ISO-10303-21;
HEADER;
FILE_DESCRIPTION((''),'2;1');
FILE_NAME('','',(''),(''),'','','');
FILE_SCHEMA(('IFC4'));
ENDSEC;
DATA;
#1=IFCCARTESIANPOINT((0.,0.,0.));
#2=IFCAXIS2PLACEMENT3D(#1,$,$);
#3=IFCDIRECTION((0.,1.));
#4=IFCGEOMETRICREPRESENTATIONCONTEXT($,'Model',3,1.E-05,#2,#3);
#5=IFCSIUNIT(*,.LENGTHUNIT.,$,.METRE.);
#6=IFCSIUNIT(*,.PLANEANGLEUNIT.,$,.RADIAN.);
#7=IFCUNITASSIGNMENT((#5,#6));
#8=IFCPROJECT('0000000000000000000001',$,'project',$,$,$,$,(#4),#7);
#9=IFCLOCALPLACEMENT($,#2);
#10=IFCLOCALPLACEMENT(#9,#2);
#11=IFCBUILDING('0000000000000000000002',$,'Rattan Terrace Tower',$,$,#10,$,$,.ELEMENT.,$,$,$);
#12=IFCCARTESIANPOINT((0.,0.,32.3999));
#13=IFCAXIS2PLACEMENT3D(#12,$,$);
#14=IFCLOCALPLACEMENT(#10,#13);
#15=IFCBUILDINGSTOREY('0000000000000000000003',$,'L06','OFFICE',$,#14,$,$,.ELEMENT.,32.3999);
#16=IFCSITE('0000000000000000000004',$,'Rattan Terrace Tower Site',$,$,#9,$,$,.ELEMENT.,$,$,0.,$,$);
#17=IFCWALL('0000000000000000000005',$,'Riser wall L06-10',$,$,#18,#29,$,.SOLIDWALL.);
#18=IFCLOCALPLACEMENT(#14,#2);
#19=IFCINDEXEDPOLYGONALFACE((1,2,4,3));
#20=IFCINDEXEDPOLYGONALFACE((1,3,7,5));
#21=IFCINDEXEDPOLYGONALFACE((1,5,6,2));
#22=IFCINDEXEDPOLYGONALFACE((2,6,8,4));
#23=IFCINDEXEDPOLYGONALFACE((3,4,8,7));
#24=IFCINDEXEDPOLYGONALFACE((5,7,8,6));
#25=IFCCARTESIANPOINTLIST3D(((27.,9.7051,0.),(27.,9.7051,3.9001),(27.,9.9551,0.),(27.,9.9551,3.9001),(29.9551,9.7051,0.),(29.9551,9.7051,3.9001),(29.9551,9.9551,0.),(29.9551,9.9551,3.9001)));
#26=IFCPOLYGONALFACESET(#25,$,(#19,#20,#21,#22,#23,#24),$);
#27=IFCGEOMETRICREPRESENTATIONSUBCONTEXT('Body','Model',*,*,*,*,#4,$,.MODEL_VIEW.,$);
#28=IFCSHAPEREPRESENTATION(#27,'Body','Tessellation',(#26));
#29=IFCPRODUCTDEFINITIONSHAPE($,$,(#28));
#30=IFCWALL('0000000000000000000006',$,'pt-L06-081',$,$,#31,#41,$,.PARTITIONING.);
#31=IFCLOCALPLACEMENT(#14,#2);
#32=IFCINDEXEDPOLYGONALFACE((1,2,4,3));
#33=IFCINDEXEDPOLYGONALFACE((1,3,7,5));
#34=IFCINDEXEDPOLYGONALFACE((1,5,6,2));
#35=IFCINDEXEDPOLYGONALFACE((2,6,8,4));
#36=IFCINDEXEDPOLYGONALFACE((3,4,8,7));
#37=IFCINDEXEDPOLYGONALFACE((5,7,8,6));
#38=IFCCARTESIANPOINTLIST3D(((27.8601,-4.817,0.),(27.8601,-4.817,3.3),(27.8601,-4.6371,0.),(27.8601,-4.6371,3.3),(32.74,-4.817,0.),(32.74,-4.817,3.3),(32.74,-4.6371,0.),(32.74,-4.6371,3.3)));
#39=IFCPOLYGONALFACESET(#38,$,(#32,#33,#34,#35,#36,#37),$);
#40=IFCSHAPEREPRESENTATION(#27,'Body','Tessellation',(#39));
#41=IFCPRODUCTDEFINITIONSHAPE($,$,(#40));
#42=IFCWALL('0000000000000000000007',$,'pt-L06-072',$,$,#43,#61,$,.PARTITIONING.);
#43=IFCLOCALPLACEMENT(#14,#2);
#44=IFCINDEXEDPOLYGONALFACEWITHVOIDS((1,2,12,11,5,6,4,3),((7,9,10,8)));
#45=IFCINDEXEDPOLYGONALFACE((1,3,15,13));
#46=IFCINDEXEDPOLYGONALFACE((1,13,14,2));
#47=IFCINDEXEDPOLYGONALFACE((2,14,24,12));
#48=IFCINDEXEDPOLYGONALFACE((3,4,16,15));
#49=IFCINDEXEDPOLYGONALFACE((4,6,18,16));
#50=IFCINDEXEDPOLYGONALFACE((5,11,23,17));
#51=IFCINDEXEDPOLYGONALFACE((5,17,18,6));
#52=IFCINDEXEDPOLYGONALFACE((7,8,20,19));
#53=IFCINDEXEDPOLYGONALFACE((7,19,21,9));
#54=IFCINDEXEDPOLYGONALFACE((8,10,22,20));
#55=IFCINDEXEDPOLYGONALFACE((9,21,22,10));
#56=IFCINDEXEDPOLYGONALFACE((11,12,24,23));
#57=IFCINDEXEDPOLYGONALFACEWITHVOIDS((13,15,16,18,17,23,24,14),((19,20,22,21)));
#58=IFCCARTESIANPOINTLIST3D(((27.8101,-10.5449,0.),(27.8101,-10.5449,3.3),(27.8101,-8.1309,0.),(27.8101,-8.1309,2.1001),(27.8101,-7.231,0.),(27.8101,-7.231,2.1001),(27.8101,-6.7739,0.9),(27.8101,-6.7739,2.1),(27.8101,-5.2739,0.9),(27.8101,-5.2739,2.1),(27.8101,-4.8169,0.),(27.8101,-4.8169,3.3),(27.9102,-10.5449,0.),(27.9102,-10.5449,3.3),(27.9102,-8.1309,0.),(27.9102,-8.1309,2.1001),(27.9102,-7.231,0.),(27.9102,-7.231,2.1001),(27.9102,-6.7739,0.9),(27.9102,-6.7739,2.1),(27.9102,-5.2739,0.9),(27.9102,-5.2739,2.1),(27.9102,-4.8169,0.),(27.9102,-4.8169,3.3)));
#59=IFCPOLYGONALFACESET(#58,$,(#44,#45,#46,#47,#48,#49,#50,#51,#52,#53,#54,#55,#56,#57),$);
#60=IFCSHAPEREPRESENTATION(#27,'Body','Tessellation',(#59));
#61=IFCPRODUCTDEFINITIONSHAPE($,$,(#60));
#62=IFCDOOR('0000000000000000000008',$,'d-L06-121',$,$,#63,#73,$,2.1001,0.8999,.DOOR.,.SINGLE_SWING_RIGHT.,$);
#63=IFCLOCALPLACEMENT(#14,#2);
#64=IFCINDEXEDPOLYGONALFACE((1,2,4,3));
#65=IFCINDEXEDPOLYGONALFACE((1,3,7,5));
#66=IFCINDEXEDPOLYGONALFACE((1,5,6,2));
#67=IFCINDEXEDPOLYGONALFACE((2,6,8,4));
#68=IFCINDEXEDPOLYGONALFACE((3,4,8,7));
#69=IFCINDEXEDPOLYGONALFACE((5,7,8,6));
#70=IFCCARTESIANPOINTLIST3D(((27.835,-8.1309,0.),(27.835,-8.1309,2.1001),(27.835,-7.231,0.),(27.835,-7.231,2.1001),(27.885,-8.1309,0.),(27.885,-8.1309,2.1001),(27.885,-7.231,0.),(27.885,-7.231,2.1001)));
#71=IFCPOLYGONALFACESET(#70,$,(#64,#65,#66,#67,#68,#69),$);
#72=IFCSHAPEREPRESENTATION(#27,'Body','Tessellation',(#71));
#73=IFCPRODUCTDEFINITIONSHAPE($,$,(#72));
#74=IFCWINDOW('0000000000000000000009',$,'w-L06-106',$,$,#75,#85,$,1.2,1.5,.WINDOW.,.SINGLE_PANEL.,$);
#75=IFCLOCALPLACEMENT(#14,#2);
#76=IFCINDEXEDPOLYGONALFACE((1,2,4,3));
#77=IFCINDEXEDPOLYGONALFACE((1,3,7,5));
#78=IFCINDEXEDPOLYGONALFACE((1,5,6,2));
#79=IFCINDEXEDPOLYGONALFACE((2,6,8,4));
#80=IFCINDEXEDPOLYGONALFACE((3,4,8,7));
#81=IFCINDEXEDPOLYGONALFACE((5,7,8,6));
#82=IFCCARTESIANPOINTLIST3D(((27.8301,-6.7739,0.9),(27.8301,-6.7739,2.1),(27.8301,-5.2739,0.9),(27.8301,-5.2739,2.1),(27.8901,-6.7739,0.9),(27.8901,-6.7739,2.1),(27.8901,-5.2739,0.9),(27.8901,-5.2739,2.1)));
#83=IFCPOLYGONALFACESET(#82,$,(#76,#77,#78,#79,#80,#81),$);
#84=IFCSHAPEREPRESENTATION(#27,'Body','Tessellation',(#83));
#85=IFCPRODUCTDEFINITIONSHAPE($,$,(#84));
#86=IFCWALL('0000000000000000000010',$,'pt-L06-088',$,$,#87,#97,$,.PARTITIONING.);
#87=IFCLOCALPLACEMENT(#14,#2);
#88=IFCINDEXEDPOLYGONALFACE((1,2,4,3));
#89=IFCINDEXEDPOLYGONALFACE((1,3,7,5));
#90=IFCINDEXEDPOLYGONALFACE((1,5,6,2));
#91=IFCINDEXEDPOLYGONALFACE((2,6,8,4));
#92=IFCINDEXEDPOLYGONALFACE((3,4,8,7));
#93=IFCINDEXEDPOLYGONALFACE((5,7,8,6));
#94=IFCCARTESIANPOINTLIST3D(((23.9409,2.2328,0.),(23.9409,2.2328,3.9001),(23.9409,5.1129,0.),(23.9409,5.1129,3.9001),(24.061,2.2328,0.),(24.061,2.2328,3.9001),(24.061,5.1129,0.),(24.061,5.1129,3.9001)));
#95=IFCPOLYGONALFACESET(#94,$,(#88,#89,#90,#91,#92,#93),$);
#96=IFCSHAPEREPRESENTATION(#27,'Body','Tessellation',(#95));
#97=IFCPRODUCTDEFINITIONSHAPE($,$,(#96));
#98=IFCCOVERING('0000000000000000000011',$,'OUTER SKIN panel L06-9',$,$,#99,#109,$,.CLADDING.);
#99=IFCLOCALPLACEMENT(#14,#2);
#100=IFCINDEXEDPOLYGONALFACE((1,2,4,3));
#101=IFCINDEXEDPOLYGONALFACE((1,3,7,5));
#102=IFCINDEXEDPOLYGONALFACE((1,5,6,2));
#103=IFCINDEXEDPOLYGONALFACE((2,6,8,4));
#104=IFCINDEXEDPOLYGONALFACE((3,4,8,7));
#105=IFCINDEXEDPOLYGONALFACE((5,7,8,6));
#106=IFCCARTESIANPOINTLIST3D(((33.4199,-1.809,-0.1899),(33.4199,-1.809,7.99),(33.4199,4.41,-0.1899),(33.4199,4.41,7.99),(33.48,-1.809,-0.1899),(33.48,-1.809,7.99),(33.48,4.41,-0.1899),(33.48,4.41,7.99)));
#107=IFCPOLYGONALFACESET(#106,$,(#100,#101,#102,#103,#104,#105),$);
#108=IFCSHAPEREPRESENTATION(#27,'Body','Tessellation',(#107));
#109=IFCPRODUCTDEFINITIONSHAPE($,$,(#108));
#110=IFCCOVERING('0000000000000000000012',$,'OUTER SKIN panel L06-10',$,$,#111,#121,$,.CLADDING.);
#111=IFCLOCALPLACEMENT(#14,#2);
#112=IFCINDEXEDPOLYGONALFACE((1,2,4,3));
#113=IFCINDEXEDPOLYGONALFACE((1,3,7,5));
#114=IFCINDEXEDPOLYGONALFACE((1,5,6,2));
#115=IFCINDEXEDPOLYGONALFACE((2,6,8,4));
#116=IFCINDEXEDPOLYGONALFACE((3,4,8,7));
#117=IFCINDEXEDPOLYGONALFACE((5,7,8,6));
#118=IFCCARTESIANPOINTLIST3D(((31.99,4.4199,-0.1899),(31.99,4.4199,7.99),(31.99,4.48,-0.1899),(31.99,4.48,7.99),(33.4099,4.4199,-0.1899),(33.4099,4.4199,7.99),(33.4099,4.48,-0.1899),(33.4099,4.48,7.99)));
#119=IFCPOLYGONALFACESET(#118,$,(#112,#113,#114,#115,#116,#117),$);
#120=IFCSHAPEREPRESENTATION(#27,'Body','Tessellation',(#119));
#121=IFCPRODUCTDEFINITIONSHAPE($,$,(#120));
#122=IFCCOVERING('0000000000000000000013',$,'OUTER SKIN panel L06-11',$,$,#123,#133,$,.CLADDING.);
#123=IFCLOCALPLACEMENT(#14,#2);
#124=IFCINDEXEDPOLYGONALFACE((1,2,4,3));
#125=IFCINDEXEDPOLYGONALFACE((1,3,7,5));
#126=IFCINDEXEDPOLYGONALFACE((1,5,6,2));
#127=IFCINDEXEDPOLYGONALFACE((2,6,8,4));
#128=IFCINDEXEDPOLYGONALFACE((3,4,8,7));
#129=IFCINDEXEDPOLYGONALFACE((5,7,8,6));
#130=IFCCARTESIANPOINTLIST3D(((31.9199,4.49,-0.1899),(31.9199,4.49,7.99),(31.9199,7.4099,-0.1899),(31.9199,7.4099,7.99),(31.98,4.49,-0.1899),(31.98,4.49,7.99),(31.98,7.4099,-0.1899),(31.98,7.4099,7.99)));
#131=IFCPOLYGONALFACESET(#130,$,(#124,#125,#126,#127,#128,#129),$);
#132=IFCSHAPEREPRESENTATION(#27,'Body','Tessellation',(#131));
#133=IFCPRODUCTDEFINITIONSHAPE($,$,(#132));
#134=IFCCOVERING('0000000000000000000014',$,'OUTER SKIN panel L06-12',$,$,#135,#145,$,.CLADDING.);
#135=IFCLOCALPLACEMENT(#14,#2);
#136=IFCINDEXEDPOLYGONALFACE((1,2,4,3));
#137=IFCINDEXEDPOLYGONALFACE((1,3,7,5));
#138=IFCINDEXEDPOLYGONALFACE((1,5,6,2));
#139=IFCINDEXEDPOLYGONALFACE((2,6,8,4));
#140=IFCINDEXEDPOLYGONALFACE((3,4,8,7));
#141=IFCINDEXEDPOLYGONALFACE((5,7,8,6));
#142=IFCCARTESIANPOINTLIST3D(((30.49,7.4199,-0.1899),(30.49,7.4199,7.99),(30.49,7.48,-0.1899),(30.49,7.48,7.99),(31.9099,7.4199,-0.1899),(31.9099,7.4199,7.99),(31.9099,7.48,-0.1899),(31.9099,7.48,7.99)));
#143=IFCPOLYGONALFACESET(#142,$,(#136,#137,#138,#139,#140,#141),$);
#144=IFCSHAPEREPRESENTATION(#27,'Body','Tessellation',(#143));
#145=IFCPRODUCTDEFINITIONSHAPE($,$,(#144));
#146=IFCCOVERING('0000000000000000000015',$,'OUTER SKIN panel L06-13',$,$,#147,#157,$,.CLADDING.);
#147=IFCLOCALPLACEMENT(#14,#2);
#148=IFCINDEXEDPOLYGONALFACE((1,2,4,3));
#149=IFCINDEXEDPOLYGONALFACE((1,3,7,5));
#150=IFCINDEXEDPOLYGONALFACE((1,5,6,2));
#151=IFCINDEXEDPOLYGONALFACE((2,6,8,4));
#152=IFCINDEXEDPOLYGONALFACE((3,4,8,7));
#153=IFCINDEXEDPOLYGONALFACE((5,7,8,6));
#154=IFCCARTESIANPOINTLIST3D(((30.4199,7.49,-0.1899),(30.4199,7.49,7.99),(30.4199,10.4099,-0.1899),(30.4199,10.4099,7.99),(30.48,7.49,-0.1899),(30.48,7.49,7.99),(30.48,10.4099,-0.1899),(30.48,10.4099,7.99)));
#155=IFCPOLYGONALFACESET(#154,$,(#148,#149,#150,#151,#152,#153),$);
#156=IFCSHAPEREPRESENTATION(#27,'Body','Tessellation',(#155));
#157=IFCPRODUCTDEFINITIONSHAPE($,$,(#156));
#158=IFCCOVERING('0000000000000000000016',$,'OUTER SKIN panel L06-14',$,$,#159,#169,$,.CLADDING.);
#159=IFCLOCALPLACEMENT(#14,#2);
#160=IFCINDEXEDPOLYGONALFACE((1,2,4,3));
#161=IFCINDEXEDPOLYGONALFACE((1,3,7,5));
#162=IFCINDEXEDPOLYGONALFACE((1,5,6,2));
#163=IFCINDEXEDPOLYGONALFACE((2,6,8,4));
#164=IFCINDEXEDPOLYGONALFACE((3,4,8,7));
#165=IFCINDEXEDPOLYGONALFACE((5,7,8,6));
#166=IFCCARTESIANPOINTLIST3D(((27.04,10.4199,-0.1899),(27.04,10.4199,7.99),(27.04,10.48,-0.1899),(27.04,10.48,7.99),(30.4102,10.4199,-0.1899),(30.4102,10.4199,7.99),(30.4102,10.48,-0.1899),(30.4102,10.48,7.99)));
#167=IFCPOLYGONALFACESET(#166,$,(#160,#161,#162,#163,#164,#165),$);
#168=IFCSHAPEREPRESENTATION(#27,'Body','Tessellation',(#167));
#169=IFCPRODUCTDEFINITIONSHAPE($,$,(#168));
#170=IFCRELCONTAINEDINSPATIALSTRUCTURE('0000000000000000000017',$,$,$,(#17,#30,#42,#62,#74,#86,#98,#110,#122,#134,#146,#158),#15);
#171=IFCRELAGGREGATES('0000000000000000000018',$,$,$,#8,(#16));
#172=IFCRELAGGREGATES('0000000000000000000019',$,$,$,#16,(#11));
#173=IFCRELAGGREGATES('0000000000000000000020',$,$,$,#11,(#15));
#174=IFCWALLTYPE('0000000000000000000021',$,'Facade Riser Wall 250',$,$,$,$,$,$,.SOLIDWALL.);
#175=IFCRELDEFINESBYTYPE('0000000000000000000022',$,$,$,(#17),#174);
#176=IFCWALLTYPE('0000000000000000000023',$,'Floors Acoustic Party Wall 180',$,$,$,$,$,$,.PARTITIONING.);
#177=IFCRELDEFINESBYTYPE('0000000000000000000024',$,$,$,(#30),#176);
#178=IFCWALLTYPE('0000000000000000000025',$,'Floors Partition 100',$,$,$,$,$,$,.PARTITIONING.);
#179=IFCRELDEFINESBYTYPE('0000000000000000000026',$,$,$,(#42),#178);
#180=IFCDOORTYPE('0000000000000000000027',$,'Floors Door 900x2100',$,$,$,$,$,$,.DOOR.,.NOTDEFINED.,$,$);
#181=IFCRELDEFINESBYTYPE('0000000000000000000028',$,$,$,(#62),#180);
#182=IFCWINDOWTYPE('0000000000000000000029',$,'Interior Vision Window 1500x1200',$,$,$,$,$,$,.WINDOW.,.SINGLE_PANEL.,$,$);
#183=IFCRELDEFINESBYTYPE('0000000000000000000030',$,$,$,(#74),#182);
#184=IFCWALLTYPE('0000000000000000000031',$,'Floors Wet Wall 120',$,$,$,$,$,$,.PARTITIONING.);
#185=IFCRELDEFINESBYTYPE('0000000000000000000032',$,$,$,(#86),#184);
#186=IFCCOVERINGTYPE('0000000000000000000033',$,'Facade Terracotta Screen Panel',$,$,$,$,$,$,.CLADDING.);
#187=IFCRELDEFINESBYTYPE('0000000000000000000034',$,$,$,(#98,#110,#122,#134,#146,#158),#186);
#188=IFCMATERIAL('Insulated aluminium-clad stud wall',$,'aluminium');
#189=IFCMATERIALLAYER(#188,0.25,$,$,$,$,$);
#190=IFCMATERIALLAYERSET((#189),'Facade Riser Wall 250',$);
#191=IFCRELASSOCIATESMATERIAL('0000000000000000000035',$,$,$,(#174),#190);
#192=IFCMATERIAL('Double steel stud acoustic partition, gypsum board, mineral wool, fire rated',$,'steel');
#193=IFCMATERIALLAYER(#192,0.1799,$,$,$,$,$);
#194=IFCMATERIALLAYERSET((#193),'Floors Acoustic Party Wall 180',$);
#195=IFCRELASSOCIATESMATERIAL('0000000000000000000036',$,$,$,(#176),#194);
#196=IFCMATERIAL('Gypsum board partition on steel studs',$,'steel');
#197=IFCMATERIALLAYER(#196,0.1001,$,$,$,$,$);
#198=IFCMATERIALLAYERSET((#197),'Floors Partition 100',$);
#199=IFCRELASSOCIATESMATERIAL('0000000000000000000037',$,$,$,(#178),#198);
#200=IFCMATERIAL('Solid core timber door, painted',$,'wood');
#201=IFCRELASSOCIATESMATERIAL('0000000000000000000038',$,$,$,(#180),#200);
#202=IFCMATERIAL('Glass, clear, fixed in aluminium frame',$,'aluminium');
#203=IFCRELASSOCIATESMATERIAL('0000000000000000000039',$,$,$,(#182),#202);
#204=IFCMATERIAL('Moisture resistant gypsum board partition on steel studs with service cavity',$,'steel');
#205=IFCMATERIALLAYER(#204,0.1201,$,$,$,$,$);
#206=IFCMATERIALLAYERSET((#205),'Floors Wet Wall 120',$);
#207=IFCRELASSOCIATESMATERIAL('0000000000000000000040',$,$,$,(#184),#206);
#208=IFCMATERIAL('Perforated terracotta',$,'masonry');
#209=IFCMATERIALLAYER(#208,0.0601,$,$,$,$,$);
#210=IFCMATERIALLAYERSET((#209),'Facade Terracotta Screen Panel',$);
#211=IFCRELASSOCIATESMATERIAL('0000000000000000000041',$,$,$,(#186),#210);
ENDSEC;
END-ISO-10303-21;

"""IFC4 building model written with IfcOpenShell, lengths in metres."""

from ifc_helpers import new_model, si_unit, direction, frame, frame_2d, origin, origin_2d, place, context, subcontext, project, spatial, rectangle, extrude, material, layer, layer_set, type_object, element, fill, save


model = new_model("IFC4")

# Units and contexts
model_context = context("Model", 3, precision=1e-05, world=origin(), true_north=direction((0.0, 1.0)))
body_context = subcontext(model_context, "Body", "Model", "MODEL_VIEW")
ifc_project = project(units=[si_unit("LENGTHUNIT", "METRE"), si_unit("PLANEANGLEUNIT", "RADIAN")], contexts=[model_context])

# Site, building, storey
site_placement = place(None, origin())
site = spatial("IfcSite", under=ifc_project, at=site_placement, Name="Rattan Terrace Tower Site", CompositionType="ELEMENT", RefElevation=0.0)
building_placement = place(site_placement, origin())
building = spatial("IfcBuilding", under=site, at=building_placement, Name="Rattan Terrace Tower", CompositionType="ELEMENT")
storey_placement = place(building_placement, frame((0.0, 0.0, 32.3999)))
storey = spatial("IfcBuildingStorey", under=building, at=storey_placement, Name="L06", Description="OFFICE", CompositionType="ELEMENT", Elevation=32.3999)

# Walls
ifc_material_1 = material(Name="Insulated aluminium-clad stud wall", Category="aluminium")
ifc_layer_1 = layer(ifc_material_1, 0.25)
ifc_layer_set_1 = layer_set([ifc_layer_1], Name="Facade Riser Wall 250")
wall_type_1 = type_object("IfcWallType", Name="Facade Riser Wall 250", PredefinedType="SOLIDWALL", material=ifc_layer_set_1)
wall_1_placement = place(storey_placement, frame((29.9551, 9.8301, 0.0), z_axis=(0.0, 0.0, 1.0), x_axis=(-1.0, 0.0, 0.0)))
element("IfcWall", 1, at=wall_1_placement, inside=storey, type_object=wall_type_1, Name="Riser wall L06-10", PredefinedType="SOLIDWALL", context=body_context, shape_type="SweptSolid", body=[
    extrude(rectangle(XDim=2.9551, YDim=0.25, at=frame_2d((1.4775, 0.0))), origin(), (0.0, 0.0, 1.0), 3.9001),
])
ifc_material_2 = material(Name="Double steel stud acoustic partition, gypsum board, mineral wool, fire rated", Category="steel")
ifc_layer_2 = layer(ifc_material_2, 0.1799)
ifc_layer_set_2 = layer_set([ifc_layer_2], Name="Floors Acoustic Party Wall 180")
wall_type_2 = type_object("IfcWallType", Name="Floors Acoustic Party Wall 180", PredefinedType="PARTITIONING", material=ifc_layer_set_2)
wall_2_placement = place(storey_placement, frame((27.8601, -4.7271, 0.0), z_axis=(0.0, 0.0, 1.0), x_axis=(1.0, 0.0, 0.0)))
element("IfcWall", 2, at=wall_2_placement, inside=storey, type_object=wall_type_2, Name="pt-L06-081", PredefinedType="PARTITIONING", context=body_context, shape_type="SweptSolid", body=[
    extrude(rectangle(XDim=4.8799, YDim=0.1799, at=frame_2d((2.4399, 0.0))), origin(), (0.0, 0.0, 1.0), 3.3),
])

# Wall, openings, door, window
ifc_material_3 = material(Name="Gypsum board partition on steel studs", Category="steel")
ifc_layer_3 = layer(ifc_material_3, 0.1001)
ifc_layer_set_3 = layer_set([ifc_layer_3], Name="Floors Partition 100")
wall_type_3 = type_object("IfcWallType", Name="Floors Partition 100", PredefinedType="PARTITIONING", material=ifc_layer_set_3)
wall_3_placement = place(storey_placement, frame((27.8601, -4.8169, 0.0), z_axis=(0.0, 0.0, 1.0), x_axis=(0.0, -1.0, 0.0)))
wall_3 = element("IfcWall", 3, at=wall_3_placement, inside=storey, type_object=wall_type_3, Name="pt-L06-072", PredefinedType="PARTITIONING", context=body_context, shape_type="SweptSolid", body=[
    extrude(rectangle(XDim=5.728, YDim=0.1001, at=frame_2d((2.864, 0.0))), origin(), (0.0, 0.0, 1.0), 3.3),
])
opening_1_placement = place(wall_3_placement, frame((2.4141, 0.0, 0.0)))
opening_1 = element("IfcOpeningElement", 4, at=opening_1_placement, cuts=wall_3, PredefinedType="OPENING", context=body_context, shape_type="SweptSolid", body=[
    extrude(rectangle(XDim=0.8999, YDim=2.1001, at=frame_2d((0.45, 1.05))), frame((0.0, 0.0605, 0.0), z_axis=(0.0, -1.0, 0.0), x_axis=(1.0, 0.0, 0.0)), (0.0, 0.0, 1.0), 0.1211),
])
opening_2_placement = place(wall_3_placement, frame((0.457, 0.0, 0.8999)))
opening_2 = element("IfcOpeningElement", 5, at=opening_2_placement, cuts=wall_3, PredefinedType="OPENING", context=body_context, shape_type="SweptSolid", body=[
    extrude(rectangle(XDim=1.5, YDim=1.2, at=frame_2d((0.75, 0.6001))), frame((0.0, 0.0605, 0.0), z_axis=(0.0, -1.0, 0.0), x_axis=(1.0, 0.0, 0.0)), (0.0, 0.0, 1.0), 0.1211),
])
ifc_material_4 = material(Name="Solid core timber door, painted", Category="wood")
door_type = type_object("IfcDoorType", Name="Floors Door 900x2100", OperationType="NOTDEFINED", PredefinedType="DOOR", material=ifc_material_4)
door_placement = place(opening_1_placement, origin())
door = element("IfcDoor", 6, at=door_placement, inside=storey, type_object=door_type, Name="d-L06-121", OperationType="SINGLE_SWING_RIGHT", OverallHeight=2.1001, OverallWidth=0.8999, PredefinedType="DOOR", context=body_context, shape_type="SweptSolid", body=[
    extrude(rectangle(XDim=0.8999, YDim=2.1001, at=frame_2d((0.45, 1.05))), frame((0.0, 0.0249, 0.0), z_axis=(0.0, -1.0, 0.0), x_axis=(1.0, 0.0, 0.0)), (0.0, 0.0, 1.0), 0.05),
])
fill(opening_1, door)
ifc_material_5 = material(Name="Glass, clear, fixed in aluminium frame", Category="aluminium")
window_type = type_object("IfcWindowType", Name="Interior Vision Window 1500x1200", PartitioningType="SINGLE_PANEL", PredefinedType="WINDOW", material=ifc_material_5)
window_placement = place(opening_2_placement, origin())
window = element("IfcWindow", 7, at=window_placement, inside=storey, type_object=window_type, Name="w-L06-106", OverallHeight=1.2, OverallWidth=1.5, PartitioningType="SINGLE_PANEL", PredefinedType="WINDOW", context=body_context, shape_type="SweptSolid", body=[
    extrude(rectangle(XDim=1.5, YDim=1.2, at=frame_2d((0.75, 0.6001))), frame((0.0, 0.03, 0.0), z_axis=(0.0, -1.0, 0.0), x_axis=(1.0, 0.0, 0.0)), (0.0, 0.0, 1.0), 0.0601),
])
fill(opening_2, window)

# Wall
ifc_material_6 = material(Name="Moisture resistant gypsum board partition on steel studs with service cavity", Category="steel")
ifc_layer_4 = layer(ifc_material_6, 0.1201)
ifc_layer_set_4 = layer_set([ifc_layer_4], Name="Floors Wet Wall 120")
wall_type_4 = type_object("IfcWallType", Name="Floors Wet Wall 120", PredefinedType="PARTITIONING", material=ifc_layer_set_4)
wall_4_placement = place(storey_placement, frame((24.001, 2.2329, 0.0), z_axis=(0.0, 0.0, 1.0), x_axis=(0.0, 1.0, 0.0)))
element("IfcWall", 8, at=wall_4_placement, inside=storey, type_object=wall_type_4, Name="pt-L06-088", PredefinedType="PARTITIONING", context=body_context, shape_type="SweptSolid", body=[
    extrude(rectangle(XDim=2.8801, YDim=0.1201, at=frame_2d((1.4399, 0.0))), origin(), (0.0, 0.0, 1.0), 3.9001),
])

# Coverings
ifc_material_7 = material(Name="Perforated terracotta", Category="masonry")
ifc_layer_5 = layer(ifc_material_7, 0.0601)
ifc_layer_set_5 = layer_set([ifc_layer_5], Name="Facade Terracotta Screen Panel")
covering_type = type_object("IfcCoveringType", Name="Facade Terracotta Screen Panel", PredefinedType="CLADDING", material=ifc_layer_set_5)
covering_1_placement = place(storey_placement, frame((33.45, 1.3005, -0.1899), z_axis=(0.0, 0.0, 1.0), x_axis=(0.0, 1.0, 0.0)))
element("IfcCovering", 9, at=covering_1_placement, inside=storey, type_object=covering_type, Name="OUTER SKIN panel L06-9", PredefinedType="CLADDING", context=body_context, shape_type="SweptSolid", body=[
    extrude(rectangle(XDim=6.219, YDim=0.0601, at=origin_2d()), origin(), (0.0, 0.0, 1.0), 8.1799),
])
covering_2_placement = place(storey_placement, frame((32.7, 4.45, -0.1899), z_axis=(0.0, 0.0, 1.0), x_axis=(-1.0, 0.0, 0.0)))
element("IfcCovering", 10, at=covering_2_placement, inside=storey, type_object=covering_type, Name="OUTER SKIN panel L06-10", PredefinedType="CLADDING", context=body_context, shape_type="SweptSolid", body=[
    extrude(rectangle(XDim=1.4199, YDim=0.0601, at=origin_2d()), origin(), (0.0, 0.0, 1.0), 8.1799),
])
covering_3_placement = place(storey_placement, frame((31.95, 5.95, -0.1899), z_axis=(0.0, 0.0, 1.0), x_axis=(0.0, 1.0, 0.0)))
element("IfcCovering", 11, at=covering_3_placement, inside=storey, type_object=covering_type, Name="OUTER SKIN panel L06-11", PredefinedType="CLADDING", context=body_context, shape_type="SweptSolid", body=[
    extrude(rectangle(XDim=2.9199, YDim=0.0601, at=origin_2d()), origin(), (0.0, 0.0, 1.0), 8.1799),
])
covering_4_placement = place(storey_placement, frame((31.2, 7.45, -0.1899), z_axis=(0.0, 0.0, 1.0), x_axis=(-1.0, 0.0, 0.0)))
element("IfcCovering", 12, at=covering_4_placement, inside=storey, type_object=covering_type, Name="OUTER SKIN panel L06-12", PredefinedType="CLADDING", context=body_context, shape_type="SweptSolid", body=[
    extrude(rectangle(XDim=1.4199, YDim=0.0601, at=origin_2d()), origin(), (0.0, 0.0, 1.0), 8.1799),
])
covering_5_placement = place(storey_placement, frame((30.45, 8.95, -0.1899), z_axis=(0.0, 0.0, 1.0), x_axis=(0.0, 1.0, 0.0)))
element("IfcCovering", 13, at=covering_5_placement, inside=storey, type_object=covering_type, Name="OUTER SKIN panel L06-13", PredefinedType="CLADDING", context=body_context, shape_type="SweptSolid", body=[
    extrude(rectangle(XDim=2.9199, YDim=0.0601, at=origin_2d()), origin(), (0.0, 0.0, 1.0), 8.1799),
])
covering_6_placement = place(storey_placement, frame((28.7251, 10.45, -0.1899), z_axis=(0.0, 0.0, 1.0), x_axis=(-1.0, 0.0, 0.0)))
element("IfcCovering", 14, at=covering_6_placement, inside=storey, type_object=covering_type, Name="OUTER SKIN panel L06-14", PredefinedType="CLADDING", context=body_context, shape_type="SweptSolid", body=[
    extrude(rectangle(XDim=3.3701, YDim=0.0601, at=origin_2d()), origin(), (0.0, 0.0, 1.0), 8.1799),
])

save(model, "model.ifc")
